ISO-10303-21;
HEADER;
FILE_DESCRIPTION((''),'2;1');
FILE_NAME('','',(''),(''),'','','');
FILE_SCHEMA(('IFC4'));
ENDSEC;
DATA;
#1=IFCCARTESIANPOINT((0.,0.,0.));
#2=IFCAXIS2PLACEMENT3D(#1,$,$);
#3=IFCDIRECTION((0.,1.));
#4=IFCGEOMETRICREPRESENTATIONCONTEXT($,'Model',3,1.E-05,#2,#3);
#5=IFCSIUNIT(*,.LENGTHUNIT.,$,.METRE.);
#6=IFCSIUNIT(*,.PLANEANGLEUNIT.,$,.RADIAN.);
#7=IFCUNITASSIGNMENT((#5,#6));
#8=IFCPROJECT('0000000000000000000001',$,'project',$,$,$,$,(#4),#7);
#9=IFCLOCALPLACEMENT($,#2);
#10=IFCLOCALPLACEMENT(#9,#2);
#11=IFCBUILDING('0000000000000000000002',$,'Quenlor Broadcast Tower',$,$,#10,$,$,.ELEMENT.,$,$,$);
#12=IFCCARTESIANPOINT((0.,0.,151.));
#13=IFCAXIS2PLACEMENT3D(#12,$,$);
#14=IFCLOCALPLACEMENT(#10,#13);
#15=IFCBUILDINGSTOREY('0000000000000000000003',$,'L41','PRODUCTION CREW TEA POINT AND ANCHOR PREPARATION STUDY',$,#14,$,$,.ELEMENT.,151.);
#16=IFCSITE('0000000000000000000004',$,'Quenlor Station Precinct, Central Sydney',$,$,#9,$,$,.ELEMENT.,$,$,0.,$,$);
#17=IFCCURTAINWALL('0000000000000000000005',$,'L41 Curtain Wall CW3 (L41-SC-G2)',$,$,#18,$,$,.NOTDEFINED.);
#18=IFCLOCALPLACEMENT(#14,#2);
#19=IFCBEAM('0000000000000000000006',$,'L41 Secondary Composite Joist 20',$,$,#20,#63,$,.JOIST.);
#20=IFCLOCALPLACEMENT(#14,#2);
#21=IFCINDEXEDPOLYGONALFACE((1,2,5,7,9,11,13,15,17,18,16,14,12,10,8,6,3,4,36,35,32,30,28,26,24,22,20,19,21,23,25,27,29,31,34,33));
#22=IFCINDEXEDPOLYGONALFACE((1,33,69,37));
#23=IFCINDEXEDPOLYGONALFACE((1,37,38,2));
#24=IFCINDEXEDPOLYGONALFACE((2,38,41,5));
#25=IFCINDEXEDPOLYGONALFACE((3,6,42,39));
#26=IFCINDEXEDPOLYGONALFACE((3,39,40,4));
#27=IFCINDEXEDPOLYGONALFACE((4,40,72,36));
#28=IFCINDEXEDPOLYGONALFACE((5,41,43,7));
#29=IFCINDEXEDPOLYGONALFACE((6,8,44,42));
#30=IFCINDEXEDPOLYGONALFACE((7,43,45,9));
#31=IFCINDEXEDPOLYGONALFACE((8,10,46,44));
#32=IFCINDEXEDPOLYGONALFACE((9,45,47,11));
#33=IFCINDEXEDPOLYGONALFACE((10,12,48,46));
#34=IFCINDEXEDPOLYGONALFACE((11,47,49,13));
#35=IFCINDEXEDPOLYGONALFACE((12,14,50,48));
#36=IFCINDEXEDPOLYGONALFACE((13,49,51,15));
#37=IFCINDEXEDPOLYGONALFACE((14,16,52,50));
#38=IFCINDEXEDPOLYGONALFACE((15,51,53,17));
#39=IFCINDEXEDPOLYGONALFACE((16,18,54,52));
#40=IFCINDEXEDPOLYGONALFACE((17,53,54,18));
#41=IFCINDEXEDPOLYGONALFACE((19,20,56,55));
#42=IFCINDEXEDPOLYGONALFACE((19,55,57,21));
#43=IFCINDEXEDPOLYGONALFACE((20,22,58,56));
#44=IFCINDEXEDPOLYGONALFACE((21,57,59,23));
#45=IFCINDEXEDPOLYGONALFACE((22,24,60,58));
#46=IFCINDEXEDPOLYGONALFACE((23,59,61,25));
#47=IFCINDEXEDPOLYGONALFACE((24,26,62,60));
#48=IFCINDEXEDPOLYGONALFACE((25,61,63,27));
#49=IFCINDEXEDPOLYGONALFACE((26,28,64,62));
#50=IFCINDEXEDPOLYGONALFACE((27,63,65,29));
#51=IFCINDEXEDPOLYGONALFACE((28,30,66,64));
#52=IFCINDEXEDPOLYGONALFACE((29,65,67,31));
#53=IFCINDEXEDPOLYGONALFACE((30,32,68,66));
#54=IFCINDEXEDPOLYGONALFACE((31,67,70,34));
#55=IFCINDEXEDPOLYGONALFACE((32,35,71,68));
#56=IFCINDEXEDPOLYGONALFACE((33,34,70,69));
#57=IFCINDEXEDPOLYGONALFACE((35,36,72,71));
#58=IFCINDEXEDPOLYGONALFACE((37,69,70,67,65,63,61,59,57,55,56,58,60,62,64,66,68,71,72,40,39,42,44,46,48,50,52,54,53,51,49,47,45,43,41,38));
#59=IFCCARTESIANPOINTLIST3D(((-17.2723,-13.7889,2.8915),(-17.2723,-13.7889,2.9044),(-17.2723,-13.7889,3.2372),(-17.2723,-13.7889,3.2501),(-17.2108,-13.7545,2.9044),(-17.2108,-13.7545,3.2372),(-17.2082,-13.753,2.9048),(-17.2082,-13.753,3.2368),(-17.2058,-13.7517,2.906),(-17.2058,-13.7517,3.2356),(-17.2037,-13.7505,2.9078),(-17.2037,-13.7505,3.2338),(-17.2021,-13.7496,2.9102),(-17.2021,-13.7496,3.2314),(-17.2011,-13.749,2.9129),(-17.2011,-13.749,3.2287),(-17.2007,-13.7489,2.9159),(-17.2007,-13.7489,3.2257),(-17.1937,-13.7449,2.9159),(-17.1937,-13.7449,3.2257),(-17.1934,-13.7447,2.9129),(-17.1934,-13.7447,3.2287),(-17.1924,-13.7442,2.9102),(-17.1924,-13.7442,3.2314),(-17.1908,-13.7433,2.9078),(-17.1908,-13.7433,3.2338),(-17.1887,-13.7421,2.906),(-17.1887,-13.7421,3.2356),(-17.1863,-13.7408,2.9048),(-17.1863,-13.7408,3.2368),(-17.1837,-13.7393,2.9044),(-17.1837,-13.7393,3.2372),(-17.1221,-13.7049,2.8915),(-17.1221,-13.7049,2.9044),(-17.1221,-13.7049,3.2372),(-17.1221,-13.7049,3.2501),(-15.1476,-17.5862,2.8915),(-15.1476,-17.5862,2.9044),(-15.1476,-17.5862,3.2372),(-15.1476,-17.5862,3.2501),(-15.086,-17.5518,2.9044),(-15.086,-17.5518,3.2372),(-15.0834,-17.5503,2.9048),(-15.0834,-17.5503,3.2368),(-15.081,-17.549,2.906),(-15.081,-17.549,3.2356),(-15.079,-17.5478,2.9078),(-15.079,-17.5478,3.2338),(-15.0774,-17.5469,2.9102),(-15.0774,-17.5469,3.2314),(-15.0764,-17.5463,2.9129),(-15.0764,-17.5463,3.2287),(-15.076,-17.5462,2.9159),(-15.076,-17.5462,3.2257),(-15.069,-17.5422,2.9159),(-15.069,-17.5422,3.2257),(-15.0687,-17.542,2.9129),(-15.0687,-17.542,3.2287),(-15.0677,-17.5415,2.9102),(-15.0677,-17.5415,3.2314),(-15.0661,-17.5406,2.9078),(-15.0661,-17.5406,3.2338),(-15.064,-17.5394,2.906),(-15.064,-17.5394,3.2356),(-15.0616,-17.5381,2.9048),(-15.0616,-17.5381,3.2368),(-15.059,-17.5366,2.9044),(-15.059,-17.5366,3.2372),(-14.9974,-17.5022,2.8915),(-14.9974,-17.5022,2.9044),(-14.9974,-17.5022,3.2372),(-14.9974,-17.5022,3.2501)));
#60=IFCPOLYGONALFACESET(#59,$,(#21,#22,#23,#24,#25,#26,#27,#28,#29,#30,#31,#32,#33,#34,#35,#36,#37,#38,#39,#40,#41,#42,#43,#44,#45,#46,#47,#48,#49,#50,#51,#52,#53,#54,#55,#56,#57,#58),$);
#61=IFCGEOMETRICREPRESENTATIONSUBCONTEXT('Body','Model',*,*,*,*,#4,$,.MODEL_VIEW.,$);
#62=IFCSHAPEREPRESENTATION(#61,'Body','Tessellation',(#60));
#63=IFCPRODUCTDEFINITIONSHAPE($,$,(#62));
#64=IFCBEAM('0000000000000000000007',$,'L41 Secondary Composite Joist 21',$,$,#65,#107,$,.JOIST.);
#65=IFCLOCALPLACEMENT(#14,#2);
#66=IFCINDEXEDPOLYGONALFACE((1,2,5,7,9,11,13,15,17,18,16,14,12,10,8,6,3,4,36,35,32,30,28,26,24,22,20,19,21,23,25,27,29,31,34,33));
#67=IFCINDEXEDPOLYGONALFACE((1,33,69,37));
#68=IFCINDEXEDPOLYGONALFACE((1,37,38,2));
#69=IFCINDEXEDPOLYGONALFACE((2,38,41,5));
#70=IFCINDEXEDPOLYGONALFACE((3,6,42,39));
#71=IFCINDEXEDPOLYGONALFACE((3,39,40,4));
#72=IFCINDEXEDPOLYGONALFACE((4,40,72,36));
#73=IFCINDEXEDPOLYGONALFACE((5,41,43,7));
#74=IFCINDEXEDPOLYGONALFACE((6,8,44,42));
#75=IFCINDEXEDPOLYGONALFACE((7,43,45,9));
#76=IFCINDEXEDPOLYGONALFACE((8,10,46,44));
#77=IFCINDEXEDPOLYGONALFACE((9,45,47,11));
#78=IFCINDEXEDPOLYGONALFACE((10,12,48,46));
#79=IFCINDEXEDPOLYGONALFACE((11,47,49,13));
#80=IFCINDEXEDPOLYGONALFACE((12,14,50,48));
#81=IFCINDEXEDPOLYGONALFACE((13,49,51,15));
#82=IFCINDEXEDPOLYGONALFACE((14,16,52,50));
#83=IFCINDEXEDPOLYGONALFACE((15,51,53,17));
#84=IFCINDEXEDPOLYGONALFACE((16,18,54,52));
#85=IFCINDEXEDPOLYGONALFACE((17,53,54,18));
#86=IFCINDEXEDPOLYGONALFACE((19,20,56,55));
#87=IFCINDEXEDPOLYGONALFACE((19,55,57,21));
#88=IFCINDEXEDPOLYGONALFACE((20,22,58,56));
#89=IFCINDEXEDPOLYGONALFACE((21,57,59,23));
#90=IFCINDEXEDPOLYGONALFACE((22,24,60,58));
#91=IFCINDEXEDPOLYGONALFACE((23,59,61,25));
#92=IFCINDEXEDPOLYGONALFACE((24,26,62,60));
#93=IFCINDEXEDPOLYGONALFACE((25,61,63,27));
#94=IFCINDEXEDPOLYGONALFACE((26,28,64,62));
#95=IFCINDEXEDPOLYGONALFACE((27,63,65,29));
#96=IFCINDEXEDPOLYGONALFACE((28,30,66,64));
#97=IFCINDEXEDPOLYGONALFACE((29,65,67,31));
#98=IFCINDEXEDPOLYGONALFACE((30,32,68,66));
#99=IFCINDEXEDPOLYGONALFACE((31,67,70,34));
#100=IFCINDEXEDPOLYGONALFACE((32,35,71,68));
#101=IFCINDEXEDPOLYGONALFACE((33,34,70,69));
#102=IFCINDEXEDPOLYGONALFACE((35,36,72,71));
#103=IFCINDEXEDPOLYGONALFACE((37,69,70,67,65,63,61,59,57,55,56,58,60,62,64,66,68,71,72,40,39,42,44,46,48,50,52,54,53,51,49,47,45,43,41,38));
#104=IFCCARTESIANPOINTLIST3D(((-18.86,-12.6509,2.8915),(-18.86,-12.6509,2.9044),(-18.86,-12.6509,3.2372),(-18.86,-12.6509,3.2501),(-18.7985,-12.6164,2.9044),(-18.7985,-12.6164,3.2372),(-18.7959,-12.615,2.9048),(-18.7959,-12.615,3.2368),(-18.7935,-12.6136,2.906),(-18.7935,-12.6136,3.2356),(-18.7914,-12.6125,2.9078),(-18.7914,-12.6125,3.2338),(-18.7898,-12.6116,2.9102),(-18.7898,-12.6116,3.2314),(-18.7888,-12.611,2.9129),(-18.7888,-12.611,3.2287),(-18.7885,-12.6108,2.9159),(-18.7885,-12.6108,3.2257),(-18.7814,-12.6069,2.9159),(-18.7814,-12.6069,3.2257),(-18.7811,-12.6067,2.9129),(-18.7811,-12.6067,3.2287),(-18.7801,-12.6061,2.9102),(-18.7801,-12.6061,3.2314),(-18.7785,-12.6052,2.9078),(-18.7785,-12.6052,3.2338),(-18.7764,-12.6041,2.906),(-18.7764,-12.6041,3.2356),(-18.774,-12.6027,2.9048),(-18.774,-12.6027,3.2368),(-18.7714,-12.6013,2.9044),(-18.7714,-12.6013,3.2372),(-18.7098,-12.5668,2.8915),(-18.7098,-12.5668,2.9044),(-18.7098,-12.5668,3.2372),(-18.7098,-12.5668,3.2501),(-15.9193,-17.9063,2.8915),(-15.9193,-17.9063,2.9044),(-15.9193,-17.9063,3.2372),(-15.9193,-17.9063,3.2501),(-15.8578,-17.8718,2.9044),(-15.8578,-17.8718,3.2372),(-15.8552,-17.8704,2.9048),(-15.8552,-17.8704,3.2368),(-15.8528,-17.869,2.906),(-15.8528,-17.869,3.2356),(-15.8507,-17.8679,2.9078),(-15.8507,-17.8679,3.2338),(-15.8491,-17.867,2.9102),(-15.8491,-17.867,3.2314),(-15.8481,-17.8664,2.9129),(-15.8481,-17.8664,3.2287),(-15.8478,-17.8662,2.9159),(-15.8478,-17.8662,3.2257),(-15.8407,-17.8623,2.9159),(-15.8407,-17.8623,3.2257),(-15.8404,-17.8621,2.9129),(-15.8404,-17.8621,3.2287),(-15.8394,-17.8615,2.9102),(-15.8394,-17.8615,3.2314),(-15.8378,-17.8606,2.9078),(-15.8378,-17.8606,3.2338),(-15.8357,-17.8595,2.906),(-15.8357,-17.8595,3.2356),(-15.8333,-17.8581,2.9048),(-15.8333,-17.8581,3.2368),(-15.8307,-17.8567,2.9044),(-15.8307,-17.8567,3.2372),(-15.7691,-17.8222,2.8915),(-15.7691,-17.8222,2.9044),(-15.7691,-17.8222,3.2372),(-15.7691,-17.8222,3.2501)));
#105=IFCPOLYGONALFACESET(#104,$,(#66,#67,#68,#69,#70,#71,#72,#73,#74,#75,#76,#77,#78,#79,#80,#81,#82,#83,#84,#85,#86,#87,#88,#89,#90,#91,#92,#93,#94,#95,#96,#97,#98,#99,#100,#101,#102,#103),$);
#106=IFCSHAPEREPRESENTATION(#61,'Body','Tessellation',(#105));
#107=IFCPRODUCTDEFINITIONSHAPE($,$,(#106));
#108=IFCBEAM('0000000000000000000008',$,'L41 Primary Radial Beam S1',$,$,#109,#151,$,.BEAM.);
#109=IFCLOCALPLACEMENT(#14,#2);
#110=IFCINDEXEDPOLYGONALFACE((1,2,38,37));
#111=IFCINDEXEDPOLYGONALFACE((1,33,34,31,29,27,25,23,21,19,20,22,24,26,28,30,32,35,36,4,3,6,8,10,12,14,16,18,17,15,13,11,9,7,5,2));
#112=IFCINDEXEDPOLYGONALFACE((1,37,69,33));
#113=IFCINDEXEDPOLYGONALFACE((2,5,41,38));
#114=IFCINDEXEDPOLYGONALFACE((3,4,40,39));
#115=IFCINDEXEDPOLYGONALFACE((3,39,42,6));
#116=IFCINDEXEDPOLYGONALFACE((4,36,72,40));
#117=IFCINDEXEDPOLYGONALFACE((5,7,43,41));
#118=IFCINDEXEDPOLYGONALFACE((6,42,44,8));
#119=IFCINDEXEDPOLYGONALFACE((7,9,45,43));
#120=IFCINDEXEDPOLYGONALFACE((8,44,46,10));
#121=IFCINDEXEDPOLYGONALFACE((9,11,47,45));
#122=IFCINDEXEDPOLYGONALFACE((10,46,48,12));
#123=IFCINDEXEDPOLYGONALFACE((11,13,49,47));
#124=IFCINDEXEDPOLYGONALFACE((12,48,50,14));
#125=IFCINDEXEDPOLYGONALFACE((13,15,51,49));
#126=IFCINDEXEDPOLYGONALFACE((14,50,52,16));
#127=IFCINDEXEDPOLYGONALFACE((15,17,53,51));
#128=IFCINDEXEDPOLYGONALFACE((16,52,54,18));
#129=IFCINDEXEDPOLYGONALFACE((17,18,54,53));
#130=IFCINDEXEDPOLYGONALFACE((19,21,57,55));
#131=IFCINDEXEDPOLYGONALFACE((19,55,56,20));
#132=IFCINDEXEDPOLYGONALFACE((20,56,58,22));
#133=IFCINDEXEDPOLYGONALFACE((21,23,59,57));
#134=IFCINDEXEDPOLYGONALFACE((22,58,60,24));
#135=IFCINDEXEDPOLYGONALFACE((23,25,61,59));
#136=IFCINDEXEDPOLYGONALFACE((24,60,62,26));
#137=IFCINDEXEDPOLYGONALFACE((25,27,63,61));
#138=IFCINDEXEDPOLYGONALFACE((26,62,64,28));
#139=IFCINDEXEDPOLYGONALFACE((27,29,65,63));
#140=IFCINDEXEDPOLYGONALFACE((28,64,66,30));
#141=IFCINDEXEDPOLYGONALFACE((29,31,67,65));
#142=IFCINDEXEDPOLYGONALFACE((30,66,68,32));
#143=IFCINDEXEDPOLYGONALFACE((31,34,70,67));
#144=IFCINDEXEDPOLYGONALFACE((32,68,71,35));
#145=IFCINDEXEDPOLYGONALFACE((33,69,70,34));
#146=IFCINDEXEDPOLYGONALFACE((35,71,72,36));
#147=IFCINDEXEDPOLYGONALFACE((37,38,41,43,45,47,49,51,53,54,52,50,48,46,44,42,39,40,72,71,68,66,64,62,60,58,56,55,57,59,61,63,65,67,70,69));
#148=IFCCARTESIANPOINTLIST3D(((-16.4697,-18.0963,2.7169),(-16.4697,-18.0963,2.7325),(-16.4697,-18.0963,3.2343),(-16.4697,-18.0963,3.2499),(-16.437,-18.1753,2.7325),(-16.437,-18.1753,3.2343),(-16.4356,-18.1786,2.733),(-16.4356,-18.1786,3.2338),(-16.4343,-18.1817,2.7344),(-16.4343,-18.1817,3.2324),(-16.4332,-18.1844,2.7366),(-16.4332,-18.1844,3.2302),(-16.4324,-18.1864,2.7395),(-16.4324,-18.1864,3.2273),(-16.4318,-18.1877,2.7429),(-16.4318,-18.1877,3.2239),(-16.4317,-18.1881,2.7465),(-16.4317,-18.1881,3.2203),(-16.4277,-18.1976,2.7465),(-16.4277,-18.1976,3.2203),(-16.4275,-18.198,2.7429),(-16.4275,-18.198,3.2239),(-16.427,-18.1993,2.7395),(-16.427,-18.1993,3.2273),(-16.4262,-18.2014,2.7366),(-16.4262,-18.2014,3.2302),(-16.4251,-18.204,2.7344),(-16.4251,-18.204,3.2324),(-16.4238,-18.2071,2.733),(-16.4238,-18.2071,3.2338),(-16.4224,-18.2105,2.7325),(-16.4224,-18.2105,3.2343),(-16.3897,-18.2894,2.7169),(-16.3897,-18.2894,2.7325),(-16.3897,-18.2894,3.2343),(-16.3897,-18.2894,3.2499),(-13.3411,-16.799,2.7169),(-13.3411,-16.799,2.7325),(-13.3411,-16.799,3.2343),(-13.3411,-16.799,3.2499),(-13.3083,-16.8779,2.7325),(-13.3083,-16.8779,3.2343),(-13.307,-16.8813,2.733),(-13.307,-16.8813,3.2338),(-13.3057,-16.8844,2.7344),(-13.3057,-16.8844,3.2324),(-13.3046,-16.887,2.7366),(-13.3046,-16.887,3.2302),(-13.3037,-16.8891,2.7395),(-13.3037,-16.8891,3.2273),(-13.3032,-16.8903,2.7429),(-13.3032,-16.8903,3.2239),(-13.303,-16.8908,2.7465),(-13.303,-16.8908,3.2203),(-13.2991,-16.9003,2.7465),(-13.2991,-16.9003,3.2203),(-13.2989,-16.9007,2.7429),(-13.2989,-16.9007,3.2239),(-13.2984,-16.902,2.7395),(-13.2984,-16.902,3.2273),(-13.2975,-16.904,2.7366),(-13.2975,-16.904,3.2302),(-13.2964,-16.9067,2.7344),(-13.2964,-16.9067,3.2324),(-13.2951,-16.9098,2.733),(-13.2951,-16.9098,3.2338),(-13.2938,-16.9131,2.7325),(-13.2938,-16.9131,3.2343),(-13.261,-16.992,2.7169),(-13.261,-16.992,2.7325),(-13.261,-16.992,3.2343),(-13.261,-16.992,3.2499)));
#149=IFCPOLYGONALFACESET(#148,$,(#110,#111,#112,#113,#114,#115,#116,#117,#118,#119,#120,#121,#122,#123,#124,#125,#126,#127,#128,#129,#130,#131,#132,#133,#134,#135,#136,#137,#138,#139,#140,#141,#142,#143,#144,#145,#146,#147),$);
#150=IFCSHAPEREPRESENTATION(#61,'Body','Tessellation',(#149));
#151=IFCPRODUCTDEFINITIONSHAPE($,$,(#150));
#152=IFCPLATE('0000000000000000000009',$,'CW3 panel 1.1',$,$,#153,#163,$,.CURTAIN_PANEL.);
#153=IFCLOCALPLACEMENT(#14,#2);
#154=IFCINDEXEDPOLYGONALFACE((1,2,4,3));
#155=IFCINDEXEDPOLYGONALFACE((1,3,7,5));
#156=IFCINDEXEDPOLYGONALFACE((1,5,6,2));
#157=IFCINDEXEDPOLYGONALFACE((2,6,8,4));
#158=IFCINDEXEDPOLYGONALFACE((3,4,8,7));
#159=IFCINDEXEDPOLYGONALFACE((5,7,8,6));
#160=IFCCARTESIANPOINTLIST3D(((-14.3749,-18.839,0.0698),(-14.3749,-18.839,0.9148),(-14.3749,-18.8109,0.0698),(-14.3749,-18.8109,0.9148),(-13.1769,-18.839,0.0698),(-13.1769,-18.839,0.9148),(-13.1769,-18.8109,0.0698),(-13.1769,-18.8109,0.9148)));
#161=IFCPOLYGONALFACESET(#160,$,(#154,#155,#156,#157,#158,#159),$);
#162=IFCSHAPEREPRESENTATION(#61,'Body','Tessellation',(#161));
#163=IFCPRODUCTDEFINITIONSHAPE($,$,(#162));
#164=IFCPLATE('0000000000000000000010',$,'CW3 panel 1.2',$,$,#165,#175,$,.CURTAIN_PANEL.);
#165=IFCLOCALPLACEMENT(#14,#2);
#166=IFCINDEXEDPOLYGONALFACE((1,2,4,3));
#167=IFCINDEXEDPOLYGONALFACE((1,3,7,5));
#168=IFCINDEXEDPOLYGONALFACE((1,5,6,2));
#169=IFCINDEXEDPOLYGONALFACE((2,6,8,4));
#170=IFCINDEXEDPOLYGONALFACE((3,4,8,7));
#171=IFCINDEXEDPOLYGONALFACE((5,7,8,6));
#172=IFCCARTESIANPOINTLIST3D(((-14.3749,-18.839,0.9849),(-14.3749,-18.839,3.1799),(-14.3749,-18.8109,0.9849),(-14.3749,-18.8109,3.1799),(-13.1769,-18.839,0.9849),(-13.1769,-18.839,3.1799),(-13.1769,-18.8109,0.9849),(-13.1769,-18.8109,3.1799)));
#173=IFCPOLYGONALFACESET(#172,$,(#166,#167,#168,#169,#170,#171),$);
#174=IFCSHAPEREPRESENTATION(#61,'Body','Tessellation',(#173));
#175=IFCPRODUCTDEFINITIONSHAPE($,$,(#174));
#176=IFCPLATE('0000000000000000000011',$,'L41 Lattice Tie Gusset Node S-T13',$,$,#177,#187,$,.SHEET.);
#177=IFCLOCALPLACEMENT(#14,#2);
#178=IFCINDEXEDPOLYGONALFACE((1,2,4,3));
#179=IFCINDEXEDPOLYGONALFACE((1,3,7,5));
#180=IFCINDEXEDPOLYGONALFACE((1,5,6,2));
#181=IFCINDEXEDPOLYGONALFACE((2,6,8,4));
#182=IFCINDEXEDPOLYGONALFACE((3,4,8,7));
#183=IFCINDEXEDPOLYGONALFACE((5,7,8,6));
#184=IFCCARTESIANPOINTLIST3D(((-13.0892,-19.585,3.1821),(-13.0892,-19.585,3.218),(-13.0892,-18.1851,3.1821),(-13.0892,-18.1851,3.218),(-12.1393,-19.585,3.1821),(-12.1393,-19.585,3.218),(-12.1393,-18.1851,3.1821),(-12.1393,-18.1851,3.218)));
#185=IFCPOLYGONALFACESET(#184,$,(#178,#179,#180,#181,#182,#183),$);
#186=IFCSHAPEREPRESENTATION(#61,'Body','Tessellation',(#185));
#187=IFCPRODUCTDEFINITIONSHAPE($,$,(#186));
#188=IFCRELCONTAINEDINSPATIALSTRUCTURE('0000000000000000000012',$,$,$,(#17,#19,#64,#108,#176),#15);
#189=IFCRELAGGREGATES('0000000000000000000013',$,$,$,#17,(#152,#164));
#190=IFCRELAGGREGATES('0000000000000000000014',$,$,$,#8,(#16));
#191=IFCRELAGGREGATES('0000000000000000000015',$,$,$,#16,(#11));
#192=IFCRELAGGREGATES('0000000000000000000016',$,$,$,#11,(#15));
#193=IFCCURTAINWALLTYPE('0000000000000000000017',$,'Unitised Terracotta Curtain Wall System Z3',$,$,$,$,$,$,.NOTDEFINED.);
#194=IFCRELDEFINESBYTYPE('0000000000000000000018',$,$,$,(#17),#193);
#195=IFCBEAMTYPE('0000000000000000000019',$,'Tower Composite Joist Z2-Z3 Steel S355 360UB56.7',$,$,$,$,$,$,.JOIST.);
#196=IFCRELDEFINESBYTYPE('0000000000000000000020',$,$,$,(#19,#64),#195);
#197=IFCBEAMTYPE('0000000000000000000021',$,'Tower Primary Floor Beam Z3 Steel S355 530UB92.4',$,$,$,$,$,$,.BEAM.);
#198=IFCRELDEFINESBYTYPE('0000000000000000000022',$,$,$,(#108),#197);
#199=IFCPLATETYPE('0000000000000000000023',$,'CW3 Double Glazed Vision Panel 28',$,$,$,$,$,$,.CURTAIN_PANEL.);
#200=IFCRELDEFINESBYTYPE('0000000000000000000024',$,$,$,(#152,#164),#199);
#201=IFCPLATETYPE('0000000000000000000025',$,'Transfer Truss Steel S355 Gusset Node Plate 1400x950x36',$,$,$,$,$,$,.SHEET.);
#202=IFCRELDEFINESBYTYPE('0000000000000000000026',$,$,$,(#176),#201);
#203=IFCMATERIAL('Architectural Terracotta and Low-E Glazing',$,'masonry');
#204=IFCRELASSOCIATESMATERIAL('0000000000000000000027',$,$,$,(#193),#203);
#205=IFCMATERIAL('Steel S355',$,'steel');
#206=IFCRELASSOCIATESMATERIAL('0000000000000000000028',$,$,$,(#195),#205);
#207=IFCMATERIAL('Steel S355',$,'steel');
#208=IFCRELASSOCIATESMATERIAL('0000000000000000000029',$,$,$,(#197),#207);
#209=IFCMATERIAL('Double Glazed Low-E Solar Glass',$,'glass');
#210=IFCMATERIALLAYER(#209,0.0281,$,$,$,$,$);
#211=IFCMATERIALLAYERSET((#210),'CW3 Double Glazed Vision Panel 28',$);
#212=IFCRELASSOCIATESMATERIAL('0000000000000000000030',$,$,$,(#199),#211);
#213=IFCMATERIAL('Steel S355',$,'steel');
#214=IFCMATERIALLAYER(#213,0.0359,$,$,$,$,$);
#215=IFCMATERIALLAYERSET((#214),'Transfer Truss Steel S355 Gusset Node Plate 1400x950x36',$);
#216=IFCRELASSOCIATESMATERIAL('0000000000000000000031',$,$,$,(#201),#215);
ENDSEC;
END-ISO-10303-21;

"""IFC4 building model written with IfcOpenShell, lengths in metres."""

from ifc_helpers import new_model, si_unit, direction, frame, origin, origin_2d, place, context, subcontext, project, spatial, rectangle, i_section, extrude, material, layer, layer_set, material_profile, profile_set, type_object, element, aggregate, save


model = new_model("IFC4")

# Units and contexts
model_context = context("Model", 3, precision=1e-05, world=origin(), true_north=direction((0.0, 1.0)))
body_context = subcontext(model_context, "Body", "Model", "MODEL_VIEW")
ifc_project = project(units=[si_unit("LENGTHUNIT", "METRE"), si_unit("PLANEANGLEUNIT", "RADIAN")], contexts=[model_context])

# Site, building, storey
site_placement = place(None, origin())
site = spatial("IfcSite", under=ifc_project, at=site_placement, Name="Quenlor Station Precinct, Central Sydney", CompositionType="ELEMENT", RefElevation=0.0)
building_placement = place(site_placement, origin())
building = spatial("IfcBuilding", under=site, at=building_placement, Name="Quenlor Broadcast Tower", CompositionType="ELEMENT")
storey_placement = place(building_placement, frame((0.0, 0.0, 151.0)))
storey = spatial("IfcBuildingStorey", under=building, at=storey_placement, Name="L41", Description="PRODUCTION CREW TEA POINT AND ANCHOR PREPARATION STUDY", CompositionType="ELEMENT", Elevation=151.0)

# Curtain wall
ifc_material_1 = material(Name="Architectural Terracotta and Low-E Glazing", Category="masonry")
curtain_wall_type = type_object("IfcCurtainWallType", Name="Unitised Terracotta Curtain Wall System Z3", PredefinedType="NOTDEFINED", material=ifc_material_1)
curtain_wall_placement = place(storey_placement, origin())
curtain_wall = element("IfcCurtainWall", 1, at=curtain_wall_placement, inside=storey, type_object=curtain_wall_type, Name="L41 Curtain Wall CW3 (L41-SC-G2)", PredefinedType="NOTDEFINED")

# Beams
ifc_material_2 = material(Name="Steel S355", Category="steel")
ifc_material_profile_1 = material_profile(ifc_material_2, i_section(OverallWidth=0.1721, OverallDepth=0.3586, WebThickness=0.0081, FlangeThickness=0.0129, FilletRadius=0.0115, at=origin_2d()))
ifc_profile_set_1 = profile_set([ifc_material_profile_1], Name="Steel S355 360UB56.7")
beam_type_1 = type_object("IfcBeamType", Name="Tower Composite Joist Z2-Z3 Steel S355 360UB56.7", PredefinedType="JOIST", material=ifc_profile_set_1)
beam_1_placement = place(storey_placement, frame((-15.0725, -17.5442, 3.0708), z_axis=(-0.488294, 0.872679, 0.0), x_axis=(-0.872679, -0.488294, 0.0)))
element("IfcBeam", 2, at=beam_1_placement, inside=storey, type_object=beam_type_1, Name="L41 Secondary Composite Joist 20", PredefinedType="JOIST", context=body_context, shape_type="SweptSolid", body=[
    extrude(i_section(OverallWidth=0.1721, OverallDepth=0.3586, WebThickness=0.0081, FlangeThickness=0.0129, FilletRadius=0.0115, at=origin_2d()), origin(), (0.0, 0.0, 1.0), 4.3513),
])
beam_2_placement = place(storey_placement, frame((-15.8442, -17.8643, 3.0708), z_axis=(-0.488308, 0.872671, 0.0), x_axis=(-0.872671, -0.488308, 0.0)))
element("IfcBeam", 3, at=beam_2_placement, inside=storey, type_object=beam_type_1, Name="L41 Secondary Composite Joist 21", PredefinedType="JOIST", context=body_context, shape_type="SweptSolid", body=[
    extrude(i_section(OverallWidth=0.1721, OverallDepth=0.3586, WebThickness=0.0081, FlangeThickness=0.0129, FilletRadius=0.0115, at=origin_2d()), origin(), (0.0, 0.0, 1.0), 6.0222),
])
ifc_material_3 = material(Name="Steel S355", Category="steel")
ifc_material_profile_2 = material_profile(ifc_material_3, i_section(OverallWidth=0.209, OverallDepth=0.533, WebThickness=0.0103, FlangeThickness=0.0156, FilletRadius=0.0139, at=origin_2d()))
ifc_profile_set_2 = profile_set([ifc_material_profile_2], Name="Steel S355 530UB92.4")
beam_type_2 = type_object("IfcBeamType", Name="Tower Primary Floor Beam Z3 Steel S355 530UB92.4", PredefinedType="BEAM", material=ifc_profile_set_2)
beam_3_placement = place(storey_placement, frame((-16.4297, -18.1929, 2.9834), z_axis=(0.92373, 0.383044, 0.0), x_axis=(-0.383044, 0.92373, 0.0)))
element("IfcBeam", 4, at=beam_3_placement, inside=storey, type_object=beam_type_2, Name="L41 Primary Radial Beam S1", PredefinedType="BEAM", context=body_context, shape_type="SweptSolid", body=[
    extrude(i_section(OverallWidth=0.209, OverallDepth=0.533, WebThickness=0.0103, FlangeThickness=0.0156, FilletRadius=0.0139, at=origin_2d()), origin(), (0.0, 0.0, 1.0), 3.387),
])

# Plates
ifc_material_4 = material(Name="Double Glazed Low-E Solar Glass", Category="glass")
ifc_layer_1 = layer(ifc_material_4, 0.0281)
ifc_layer_set_1 = layer_set([ifc_layer_1], Name="CW3 Double Glazed Vision Panel 28")
plate_type_1 = type_object("IfcPlateType", Name="CW3 Double Glazed Vision Panel 28", PredefinedType="CURTAIN_PANEL", material=ifc_layer_set_1)
plate_1_placement = place(storey_placement, frame((-13.7759, -18.825, 0.0698), z_axis=(0.0, 0.0, 1.0), x_axis=(-1.0, 0.0, 0.0)))
plate_1 = element("IfcPlate", 5, at=plate_1_placement, type_object=plate_type_1, Name="CW3 panel 1.1", PredefinedType="CURTAIN_PANEL", context=body_context, shape_type="SweptSolid", body=[
    extrude(rectangle(XDim=1.198, YDim=0.0281, at=origin_2d()), origin(), (0.0, 0.0, 1.0), 0.845),
])
plate_2_placement = place(storey_placement, frame((-13.7759, -18.825, 0.9849), z_axis=(0.0, 0.0, 1.0), x_axis=(-1.0, 0.0, 0.0)))
plate_2 = element("IfcPlate", 6, at=plate_2_placement, type_object=plate_type_1, Name="CW3 panel 1.2", PredefinedType="CURTAIN_PANEL", context=body_context, shape_type="SweptSolid", body=[
    extrude(rectangle(XDim=1.198, YDim=0.0281, at=origin_2d()), origin(), (0.0, 0.0, 1.0), 2.1951),
])
aggregate(curtain_wall, [plate_1, plate_2])

# Plate
ifc_material_5 = material(Name="Steel S355", Category="steel")
ifc_layer_2 = layer(ifc_material_5, 0.0359)
ifc_layer_set_2 = layer_set([ifc_layer_2], Name="Transfer Truss Steel S355 Gusset Node Plate 1400x950x36")
plate_type_2 = type_object("IfcPlateType", Name="Transfer Truss Steel S355 Gusset Node Plate 1400x950x36", PredefinedType="SHEET", material=ifc_layer_set_2)
for number, where, z_axis, x_axis, name in (
    (7, (-12.6143, -18.885, 3.1821), (0.0, 0.0, 1.0), (0.0, -1.0, 0.0), "L41 Lattice Tie Gusset Node S-T13"),
):
    element("IfcPlate", number, at=place(storey_placement, frame(where, z_axis=z_axis, x_axis=x_axis)), inside=storey, type_object=plate_type_2, Name=name, PredefinedType="SHEET", context=body_context, shape_type="SweptSolid", body=[
        extrude(rectangle(XDim=1.3999, YDim=0.95, at=origin_2d()), origin(), (0.0, 0.0, 1.0), 0.0359),
    ])

save(model, "model.ifc")
